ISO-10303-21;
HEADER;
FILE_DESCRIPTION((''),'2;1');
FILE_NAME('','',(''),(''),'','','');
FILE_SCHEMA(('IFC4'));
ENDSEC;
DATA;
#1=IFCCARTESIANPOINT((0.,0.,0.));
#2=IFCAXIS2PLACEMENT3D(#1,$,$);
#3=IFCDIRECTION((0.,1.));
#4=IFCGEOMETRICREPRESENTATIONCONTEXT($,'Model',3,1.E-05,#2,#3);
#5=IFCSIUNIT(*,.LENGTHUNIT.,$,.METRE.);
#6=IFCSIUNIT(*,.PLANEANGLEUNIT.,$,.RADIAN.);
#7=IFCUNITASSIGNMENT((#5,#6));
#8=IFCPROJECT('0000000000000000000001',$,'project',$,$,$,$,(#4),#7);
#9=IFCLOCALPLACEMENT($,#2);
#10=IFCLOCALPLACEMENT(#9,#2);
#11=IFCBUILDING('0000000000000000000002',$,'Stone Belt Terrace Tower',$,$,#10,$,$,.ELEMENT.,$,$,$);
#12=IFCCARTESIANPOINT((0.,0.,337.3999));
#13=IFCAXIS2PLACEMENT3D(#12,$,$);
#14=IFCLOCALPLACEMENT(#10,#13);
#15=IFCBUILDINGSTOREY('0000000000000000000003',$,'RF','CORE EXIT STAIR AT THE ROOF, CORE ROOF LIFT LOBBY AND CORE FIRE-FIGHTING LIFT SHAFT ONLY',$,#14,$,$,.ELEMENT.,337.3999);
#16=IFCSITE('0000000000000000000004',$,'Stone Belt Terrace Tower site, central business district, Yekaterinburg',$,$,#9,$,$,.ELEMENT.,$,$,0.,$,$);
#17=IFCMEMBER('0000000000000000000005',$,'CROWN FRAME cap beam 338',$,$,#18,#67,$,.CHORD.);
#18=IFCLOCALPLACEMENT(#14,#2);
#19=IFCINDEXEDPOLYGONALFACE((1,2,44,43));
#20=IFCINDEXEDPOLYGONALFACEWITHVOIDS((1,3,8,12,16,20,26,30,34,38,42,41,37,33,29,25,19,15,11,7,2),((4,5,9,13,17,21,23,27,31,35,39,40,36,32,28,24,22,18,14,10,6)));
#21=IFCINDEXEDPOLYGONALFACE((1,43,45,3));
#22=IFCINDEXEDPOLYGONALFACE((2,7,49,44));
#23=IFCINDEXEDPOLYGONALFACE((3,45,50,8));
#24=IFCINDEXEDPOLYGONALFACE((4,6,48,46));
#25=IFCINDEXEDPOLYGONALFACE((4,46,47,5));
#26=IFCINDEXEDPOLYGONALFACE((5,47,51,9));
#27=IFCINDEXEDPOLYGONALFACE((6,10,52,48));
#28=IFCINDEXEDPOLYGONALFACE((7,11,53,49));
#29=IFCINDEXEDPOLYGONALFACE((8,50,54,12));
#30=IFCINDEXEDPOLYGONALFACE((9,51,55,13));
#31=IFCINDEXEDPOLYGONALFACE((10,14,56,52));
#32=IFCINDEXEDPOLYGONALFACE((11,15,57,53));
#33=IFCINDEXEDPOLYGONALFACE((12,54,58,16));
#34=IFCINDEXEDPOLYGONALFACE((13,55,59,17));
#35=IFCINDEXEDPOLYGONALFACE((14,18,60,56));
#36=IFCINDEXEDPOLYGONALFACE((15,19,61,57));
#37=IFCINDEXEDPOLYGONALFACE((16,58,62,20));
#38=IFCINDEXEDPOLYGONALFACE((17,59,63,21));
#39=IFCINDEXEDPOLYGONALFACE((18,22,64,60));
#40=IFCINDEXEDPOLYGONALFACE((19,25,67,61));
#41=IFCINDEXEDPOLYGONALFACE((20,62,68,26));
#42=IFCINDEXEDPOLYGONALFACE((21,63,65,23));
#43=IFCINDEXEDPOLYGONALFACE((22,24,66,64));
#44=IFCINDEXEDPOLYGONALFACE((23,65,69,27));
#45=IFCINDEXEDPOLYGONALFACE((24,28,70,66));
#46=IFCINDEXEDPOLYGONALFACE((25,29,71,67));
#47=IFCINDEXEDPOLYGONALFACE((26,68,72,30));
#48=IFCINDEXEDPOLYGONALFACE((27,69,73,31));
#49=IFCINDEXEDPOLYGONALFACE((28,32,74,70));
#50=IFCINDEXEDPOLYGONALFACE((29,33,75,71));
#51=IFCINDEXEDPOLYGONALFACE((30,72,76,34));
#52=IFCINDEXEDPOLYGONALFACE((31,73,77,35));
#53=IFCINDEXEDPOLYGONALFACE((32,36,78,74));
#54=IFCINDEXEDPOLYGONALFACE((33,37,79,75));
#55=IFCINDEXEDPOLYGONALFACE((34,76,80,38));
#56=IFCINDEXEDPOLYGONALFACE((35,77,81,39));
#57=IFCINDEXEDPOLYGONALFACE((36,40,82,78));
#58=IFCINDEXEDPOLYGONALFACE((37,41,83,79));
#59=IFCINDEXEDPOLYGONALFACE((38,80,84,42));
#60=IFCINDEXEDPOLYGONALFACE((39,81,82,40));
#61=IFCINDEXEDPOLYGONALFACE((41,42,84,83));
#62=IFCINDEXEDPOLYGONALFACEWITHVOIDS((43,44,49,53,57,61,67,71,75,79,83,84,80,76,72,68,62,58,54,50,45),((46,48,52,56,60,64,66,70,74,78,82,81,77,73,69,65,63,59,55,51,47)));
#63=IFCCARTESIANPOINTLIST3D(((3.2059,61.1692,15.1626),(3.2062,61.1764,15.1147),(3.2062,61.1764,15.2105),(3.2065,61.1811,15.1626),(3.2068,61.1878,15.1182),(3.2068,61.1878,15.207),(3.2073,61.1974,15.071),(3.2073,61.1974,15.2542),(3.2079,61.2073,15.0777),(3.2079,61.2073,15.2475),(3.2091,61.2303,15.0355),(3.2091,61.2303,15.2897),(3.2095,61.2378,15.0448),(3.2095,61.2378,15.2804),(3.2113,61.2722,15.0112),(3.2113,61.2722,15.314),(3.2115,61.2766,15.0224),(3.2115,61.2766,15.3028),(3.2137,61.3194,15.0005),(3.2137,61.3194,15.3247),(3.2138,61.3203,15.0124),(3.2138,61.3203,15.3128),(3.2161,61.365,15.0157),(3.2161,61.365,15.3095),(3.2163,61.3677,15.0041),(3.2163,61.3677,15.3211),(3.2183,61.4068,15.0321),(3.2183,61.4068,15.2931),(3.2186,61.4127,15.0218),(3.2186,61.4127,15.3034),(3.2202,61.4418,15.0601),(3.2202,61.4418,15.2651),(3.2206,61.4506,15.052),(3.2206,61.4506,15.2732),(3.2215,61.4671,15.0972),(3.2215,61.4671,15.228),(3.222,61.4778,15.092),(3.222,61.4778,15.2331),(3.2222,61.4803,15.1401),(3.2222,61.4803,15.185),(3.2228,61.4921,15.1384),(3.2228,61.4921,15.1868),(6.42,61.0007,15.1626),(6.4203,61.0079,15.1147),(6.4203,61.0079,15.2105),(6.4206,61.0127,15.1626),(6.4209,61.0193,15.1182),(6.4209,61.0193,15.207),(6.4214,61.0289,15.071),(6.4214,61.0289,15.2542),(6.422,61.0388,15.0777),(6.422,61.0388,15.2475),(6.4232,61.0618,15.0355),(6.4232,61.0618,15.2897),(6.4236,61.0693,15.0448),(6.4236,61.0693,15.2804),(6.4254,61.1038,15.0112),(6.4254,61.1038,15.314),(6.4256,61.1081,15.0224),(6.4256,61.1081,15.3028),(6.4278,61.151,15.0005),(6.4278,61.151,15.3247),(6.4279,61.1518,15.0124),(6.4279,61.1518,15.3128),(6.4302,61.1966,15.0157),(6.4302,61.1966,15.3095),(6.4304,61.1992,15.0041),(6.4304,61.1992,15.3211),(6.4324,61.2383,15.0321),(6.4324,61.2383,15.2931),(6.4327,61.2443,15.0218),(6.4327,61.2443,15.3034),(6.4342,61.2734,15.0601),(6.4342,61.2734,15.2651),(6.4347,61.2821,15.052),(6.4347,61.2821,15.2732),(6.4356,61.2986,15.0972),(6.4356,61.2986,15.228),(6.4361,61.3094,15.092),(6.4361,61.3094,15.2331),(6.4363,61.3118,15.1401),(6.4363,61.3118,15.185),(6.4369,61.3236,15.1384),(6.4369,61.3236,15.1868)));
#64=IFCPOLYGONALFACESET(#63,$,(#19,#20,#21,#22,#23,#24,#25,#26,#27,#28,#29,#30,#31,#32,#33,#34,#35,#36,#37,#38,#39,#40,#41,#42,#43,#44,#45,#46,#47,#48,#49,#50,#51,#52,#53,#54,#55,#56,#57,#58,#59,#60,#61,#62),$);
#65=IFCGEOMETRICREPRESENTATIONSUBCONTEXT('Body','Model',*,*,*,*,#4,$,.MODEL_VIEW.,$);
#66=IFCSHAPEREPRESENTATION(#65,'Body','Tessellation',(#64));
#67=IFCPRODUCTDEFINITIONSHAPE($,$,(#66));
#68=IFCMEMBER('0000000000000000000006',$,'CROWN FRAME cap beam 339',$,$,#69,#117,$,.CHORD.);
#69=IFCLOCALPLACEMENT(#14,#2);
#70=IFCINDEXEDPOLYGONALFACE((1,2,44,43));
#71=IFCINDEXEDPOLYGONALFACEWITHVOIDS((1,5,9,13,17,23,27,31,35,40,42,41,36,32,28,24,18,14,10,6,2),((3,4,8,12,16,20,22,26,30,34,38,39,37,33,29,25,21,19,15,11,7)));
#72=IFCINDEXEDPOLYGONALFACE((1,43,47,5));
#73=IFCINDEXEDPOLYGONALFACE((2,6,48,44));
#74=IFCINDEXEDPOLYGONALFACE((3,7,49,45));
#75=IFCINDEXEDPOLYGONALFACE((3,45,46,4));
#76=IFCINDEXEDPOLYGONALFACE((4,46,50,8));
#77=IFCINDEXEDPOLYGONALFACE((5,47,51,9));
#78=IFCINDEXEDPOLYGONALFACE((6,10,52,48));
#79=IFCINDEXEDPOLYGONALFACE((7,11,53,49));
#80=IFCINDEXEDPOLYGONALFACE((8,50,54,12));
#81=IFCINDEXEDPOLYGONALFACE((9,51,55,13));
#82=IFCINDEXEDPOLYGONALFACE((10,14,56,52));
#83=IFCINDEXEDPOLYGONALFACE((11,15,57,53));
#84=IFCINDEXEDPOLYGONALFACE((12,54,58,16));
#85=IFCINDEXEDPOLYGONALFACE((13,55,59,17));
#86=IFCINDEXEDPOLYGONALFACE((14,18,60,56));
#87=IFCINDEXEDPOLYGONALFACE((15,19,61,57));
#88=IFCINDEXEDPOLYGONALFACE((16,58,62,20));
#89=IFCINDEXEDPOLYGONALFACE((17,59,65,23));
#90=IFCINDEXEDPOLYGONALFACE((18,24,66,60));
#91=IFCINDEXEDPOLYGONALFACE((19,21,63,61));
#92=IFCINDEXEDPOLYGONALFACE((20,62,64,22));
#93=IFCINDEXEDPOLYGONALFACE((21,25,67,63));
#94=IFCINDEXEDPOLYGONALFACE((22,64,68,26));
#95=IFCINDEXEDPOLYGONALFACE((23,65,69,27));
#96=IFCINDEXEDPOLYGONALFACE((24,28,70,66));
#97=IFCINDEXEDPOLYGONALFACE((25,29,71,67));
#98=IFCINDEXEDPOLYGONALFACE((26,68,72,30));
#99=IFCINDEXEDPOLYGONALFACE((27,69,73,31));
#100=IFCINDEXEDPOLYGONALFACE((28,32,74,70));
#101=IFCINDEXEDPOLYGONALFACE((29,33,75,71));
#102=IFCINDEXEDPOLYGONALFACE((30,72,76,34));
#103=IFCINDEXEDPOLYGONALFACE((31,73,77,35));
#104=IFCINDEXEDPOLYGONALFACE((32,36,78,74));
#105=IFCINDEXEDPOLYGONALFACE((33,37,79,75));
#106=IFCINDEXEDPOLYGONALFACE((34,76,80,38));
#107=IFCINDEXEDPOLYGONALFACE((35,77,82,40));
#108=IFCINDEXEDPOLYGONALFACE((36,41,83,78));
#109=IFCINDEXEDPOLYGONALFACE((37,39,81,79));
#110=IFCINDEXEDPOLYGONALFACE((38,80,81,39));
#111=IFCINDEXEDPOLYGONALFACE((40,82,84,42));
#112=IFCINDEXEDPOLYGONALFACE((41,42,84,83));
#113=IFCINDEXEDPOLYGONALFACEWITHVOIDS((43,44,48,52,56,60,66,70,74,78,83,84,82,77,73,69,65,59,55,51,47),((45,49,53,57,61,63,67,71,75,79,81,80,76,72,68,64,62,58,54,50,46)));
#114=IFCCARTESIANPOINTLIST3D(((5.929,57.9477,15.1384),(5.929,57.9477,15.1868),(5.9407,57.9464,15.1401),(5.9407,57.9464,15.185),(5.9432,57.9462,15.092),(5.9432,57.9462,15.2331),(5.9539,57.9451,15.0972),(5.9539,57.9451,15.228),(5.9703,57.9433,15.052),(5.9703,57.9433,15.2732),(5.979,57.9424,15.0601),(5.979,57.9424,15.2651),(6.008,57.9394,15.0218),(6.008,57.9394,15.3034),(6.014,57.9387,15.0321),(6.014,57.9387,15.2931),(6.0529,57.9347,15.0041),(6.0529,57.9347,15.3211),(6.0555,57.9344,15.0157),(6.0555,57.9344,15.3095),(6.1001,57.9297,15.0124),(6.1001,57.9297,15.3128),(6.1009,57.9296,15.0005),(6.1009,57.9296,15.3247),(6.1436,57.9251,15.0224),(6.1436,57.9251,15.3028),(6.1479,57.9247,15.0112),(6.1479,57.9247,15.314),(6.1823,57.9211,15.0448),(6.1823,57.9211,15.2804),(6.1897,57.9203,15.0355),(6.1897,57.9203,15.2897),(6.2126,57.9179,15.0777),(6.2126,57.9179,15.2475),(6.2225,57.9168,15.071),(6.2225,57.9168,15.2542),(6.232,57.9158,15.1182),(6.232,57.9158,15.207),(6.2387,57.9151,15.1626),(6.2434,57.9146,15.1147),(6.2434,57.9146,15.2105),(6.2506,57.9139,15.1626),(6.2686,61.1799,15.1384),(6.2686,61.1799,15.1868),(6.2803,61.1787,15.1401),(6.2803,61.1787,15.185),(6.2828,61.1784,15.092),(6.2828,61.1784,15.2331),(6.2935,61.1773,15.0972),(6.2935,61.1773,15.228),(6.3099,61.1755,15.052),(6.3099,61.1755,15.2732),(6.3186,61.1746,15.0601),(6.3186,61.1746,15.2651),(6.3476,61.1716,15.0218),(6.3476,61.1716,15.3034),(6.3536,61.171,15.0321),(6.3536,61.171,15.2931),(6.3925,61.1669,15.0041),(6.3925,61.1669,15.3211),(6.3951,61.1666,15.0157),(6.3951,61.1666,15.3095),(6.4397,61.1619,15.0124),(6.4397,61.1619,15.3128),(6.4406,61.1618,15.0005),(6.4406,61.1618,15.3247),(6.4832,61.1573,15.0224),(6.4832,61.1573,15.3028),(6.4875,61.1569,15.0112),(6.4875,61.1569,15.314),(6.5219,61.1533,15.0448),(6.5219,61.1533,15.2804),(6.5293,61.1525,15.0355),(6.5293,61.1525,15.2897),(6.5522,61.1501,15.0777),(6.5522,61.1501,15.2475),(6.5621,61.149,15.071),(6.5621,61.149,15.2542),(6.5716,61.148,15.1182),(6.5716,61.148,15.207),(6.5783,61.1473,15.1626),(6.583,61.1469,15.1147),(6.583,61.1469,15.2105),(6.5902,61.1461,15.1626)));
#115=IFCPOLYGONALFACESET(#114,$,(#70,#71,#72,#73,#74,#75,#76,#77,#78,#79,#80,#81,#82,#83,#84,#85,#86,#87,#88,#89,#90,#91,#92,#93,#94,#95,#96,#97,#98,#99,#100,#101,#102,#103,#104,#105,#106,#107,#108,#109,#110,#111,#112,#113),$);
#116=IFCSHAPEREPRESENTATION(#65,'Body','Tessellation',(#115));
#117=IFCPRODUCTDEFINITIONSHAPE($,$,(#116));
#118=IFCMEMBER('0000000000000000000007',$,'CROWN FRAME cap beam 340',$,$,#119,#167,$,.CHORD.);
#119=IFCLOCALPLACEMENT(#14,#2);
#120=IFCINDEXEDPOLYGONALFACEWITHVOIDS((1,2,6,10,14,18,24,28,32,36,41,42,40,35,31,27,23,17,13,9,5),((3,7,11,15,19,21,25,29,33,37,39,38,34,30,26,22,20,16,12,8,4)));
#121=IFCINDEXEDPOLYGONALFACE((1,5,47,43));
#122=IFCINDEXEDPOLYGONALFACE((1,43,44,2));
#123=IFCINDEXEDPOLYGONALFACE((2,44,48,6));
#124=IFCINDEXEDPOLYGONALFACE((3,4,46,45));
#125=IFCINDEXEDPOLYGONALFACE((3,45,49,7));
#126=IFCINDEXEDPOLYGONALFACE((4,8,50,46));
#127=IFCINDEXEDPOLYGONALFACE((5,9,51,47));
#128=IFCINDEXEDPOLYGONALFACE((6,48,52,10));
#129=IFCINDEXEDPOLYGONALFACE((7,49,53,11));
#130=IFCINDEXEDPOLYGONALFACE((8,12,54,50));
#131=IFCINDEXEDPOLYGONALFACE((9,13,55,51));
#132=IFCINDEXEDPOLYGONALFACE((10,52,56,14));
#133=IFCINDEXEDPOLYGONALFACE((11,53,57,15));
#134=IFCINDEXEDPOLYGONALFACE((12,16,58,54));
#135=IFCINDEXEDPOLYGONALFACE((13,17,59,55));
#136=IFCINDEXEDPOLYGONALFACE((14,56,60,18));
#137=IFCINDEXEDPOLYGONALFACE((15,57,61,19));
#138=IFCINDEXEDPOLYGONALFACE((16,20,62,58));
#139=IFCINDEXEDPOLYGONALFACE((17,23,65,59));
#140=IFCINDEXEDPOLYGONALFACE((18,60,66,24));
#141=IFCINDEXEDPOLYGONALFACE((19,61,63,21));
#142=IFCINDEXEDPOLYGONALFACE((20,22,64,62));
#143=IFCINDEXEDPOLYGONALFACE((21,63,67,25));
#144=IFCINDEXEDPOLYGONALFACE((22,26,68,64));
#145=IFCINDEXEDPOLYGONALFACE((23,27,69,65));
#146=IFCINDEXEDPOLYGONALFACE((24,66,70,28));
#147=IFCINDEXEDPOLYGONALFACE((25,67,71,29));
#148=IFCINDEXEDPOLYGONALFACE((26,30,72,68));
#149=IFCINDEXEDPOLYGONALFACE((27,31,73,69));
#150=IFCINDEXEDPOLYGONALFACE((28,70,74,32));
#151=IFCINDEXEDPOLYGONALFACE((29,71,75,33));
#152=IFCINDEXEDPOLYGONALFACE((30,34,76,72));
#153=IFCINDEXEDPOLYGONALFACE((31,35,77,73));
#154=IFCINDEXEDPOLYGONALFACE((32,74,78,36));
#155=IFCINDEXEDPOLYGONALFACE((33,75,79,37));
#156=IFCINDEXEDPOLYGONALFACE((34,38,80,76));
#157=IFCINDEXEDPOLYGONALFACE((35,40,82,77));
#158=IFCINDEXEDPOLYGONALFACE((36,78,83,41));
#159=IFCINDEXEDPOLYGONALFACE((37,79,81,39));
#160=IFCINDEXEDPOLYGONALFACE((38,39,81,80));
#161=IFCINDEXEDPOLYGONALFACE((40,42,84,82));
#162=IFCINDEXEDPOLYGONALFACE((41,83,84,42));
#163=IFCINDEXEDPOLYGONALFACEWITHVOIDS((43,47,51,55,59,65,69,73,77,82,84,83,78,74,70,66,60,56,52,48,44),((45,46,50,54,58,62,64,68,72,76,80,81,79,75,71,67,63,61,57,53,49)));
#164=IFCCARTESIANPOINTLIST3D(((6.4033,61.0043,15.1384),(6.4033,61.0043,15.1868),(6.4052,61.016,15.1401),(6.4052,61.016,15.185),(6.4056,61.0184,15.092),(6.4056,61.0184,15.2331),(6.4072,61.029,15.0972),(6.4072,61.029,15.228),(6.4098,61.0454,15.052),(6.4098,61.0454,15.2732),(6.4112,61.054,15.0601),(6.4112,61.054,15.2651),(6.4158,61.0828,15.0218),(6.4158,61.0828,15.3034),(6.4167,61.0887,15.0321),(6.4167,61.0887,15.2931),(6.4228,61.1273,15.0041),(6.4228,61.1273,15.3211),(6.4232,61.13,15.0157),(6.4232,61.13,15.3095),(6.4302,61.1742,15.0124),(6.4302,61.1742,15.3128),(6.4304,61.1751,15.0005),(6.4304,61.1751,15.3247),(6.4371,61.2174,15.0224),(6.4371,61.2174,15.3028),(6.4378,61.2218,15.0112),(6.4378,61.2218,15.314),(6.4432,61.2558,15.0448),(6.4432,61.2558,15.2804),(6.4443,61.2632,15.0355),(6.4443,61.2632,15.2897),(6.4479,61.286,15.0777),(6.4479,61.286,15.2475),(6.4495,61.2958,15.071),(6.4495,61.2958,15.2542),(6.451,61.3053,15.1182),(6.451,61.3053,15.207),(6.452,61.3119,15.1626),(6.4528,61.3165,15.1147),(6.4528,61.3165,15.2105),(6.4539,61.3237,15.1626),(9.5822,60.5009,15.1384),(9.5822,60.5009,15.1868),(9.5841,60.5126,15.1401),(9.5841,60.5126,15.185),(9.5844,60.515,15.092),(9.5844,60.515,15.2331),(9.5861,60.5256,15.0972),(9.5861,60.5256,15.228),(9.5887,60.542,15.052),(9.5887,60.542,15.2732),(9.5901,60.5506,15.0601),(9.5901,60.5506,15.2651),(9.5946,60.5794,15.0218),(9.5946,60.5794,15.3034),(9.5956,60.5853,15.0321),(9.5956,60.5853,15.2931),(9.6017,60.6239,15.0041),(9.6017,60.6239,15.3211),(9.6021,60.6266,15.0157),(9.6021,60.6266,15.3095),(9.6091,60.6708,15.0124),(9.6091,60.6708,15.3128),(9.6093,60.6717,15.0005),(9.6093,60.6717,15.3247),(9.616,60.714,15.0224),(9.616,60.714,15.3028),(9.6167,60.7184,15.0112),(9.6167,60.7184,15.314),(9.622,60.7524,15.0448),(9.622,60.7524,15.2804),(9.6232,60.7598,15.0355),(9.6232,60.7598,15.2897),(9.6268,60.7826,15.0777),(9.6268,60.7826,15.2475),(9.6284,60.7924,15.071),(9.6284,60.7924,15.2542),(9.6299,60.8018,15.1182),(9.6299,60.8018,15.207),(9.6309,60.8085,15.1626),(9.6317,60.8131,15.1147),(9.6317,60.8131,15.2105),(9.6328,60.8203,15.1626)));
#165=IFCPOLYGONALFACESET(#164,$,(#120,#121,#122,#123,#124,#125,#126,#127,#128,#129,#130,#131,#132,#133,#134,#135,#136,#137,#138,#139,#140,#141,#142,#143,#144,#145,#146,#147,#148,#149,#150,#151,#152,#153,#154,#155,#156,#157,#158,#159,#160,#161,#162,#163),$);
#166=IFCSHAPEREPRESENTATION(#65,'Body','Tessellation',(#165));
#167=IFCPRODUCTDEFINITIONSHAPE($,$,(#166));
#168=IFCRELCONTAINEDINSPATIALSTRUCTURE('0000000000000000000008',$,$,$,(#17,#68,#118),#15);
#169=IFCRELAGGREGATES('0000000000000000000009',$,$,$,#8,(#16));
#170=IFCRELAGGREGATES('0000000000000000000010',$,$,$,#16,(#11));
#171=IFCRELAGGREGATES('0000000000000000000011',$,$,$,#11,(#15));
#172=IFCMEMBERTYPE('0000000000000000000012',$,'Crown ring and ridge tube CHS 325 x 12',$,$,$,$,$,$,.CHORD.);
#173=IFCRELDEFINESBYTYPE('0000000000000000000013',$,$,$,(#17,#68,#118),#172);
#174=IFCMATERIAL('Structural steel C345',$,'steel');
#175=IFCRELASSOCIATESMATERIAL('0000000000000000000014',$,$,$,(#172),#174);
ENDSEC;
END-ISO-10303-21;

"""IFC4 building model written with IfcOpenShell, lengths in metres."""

from ifc_helpers import new_model, si_unit, direction, frame, origin, origin_2d, place, context, subcontext, project, spatial, hollow_circle, extrude, material, material_profile, profile_set, type_object, element, save


model = new_model("IFC4")

# Units and contexts
model_context = context("Model", 3, precision=1e-05, world=origin(), true_north=direction((0.0, 1.0)))
body_context = subcontext(model_context, "Body", "Model", "MODEL_VIEW")
ifc_project = project(units=[si_unit("LENGTHUNIT", "METRE"), si_unit("PLANEANGLEUNIT", "RADIAN")], contexts=[model_context])

# Site, building, storey
site_placement = place(None, origin())
site = spatial("IfcSite", under=ifc_project, at=site_placement, Name="Stone Belt Terrace Tower site, central business district, Yekaterinburg", CompositionType="ELEMENT", RefElevation=0.0)
building_placement = place(site_placement, origin())
building = spatial("IfcBuilding", under=site, at=building_placement, Name="Stone Belt Terrace Tower", CompositionType="ELEMENT")
storey_placement = place(building_placement, frame((0.0, 0.0, 337.3999)))
storey = spatial("IfcBuildingStorey", under=building, at=storey_placement, Name="RF", Description="CORE EXIT STAIR AT THE ROOF, CORE ROOF LIFT LOBBY AND CORE FIRE-FIGHTING LIFT SHAFT ONLY", CompositionType="ELEMENT", Elevation=337.3999)

# Members
ifc_material_1 = material(Name="Structural steel C345", Category="steel")
ifc_material_profile = material_profile(ifc_material_1, hollow_circle(Radius=0.1626, WallThickness=0.012, at=origin_2d()), Name="Structural steel C345 CHS 325x12")
ifc_profile_set = profile_set([ifc_material_profile], Name="Structural steel C345")
member_type = type_object("IfcMemberType", Name="Crown ring and ridge tube CHS 325 x 12", PredefinedType="CHORD", material=ifc_profile_set)
member_1_placement = place(storey_placement, frame((6.4285, 61.1631, 15.1626), z_axis=(-0.998629, 0.05234, 0.0), x_axis=(-0.05234, -0.998629, 0.0)))
element("IfcMember", 1, at=member_1_placement, inside=storey, type_object=member_type, Name="CROWN FRAME cap beam 338", PredefinedType="CHORD", context=body_context, shape_type="SweptSolid", body=[
    extrude(hollow_circle(Radius=0.1626, WallThickness=0.012, at=origin_2d()), origin(), (0.0, 0.0, 1.0), 3.2185),
])
member_2_placement = place(storey_placement, frame((6.4285, 61.1631, 15.1626), z_axis=(-0.104493, -0.994526, 0.0), x_axis=(0.994526, -0.104493, 0.0)))
element("IfcMember", 2, at=member_2_placement, inside=storey, type_object=member_type, Name="CROWN FRAME cap beam 339", PredefinedType="CHORD", context=body_context, shape_type="SweptSolid", body=[
    extrude(hollow_circle(Radius=0.1626, WallThickness=0.012, at=origin_2d()), origin(), (0.0, 0.0, 1.0), 3.25),
])
member_3_placement = place(storey_placement, frame((6.4285, 61.1631, 15.1626), z_axis=(0.987692, -0.156411, 0.0), x_axis=(0.156411, 0.987692, 0.0)))
element("IfcMember", 3, at=member_3_placement, inside=storey, type_object=member_type, Name="CROWN FRAME cap beam 340", PredefinedType="CHORD", context=body_context, shape_type="SweptSolid", body=[
    extrude(hollow_circle(Radius=0.1626, WallThickness=0.012, at=origin_2d()), origin(), (0.0, 0.0, 1.0), 3.2185),
])

save(model, "model.ifc")
